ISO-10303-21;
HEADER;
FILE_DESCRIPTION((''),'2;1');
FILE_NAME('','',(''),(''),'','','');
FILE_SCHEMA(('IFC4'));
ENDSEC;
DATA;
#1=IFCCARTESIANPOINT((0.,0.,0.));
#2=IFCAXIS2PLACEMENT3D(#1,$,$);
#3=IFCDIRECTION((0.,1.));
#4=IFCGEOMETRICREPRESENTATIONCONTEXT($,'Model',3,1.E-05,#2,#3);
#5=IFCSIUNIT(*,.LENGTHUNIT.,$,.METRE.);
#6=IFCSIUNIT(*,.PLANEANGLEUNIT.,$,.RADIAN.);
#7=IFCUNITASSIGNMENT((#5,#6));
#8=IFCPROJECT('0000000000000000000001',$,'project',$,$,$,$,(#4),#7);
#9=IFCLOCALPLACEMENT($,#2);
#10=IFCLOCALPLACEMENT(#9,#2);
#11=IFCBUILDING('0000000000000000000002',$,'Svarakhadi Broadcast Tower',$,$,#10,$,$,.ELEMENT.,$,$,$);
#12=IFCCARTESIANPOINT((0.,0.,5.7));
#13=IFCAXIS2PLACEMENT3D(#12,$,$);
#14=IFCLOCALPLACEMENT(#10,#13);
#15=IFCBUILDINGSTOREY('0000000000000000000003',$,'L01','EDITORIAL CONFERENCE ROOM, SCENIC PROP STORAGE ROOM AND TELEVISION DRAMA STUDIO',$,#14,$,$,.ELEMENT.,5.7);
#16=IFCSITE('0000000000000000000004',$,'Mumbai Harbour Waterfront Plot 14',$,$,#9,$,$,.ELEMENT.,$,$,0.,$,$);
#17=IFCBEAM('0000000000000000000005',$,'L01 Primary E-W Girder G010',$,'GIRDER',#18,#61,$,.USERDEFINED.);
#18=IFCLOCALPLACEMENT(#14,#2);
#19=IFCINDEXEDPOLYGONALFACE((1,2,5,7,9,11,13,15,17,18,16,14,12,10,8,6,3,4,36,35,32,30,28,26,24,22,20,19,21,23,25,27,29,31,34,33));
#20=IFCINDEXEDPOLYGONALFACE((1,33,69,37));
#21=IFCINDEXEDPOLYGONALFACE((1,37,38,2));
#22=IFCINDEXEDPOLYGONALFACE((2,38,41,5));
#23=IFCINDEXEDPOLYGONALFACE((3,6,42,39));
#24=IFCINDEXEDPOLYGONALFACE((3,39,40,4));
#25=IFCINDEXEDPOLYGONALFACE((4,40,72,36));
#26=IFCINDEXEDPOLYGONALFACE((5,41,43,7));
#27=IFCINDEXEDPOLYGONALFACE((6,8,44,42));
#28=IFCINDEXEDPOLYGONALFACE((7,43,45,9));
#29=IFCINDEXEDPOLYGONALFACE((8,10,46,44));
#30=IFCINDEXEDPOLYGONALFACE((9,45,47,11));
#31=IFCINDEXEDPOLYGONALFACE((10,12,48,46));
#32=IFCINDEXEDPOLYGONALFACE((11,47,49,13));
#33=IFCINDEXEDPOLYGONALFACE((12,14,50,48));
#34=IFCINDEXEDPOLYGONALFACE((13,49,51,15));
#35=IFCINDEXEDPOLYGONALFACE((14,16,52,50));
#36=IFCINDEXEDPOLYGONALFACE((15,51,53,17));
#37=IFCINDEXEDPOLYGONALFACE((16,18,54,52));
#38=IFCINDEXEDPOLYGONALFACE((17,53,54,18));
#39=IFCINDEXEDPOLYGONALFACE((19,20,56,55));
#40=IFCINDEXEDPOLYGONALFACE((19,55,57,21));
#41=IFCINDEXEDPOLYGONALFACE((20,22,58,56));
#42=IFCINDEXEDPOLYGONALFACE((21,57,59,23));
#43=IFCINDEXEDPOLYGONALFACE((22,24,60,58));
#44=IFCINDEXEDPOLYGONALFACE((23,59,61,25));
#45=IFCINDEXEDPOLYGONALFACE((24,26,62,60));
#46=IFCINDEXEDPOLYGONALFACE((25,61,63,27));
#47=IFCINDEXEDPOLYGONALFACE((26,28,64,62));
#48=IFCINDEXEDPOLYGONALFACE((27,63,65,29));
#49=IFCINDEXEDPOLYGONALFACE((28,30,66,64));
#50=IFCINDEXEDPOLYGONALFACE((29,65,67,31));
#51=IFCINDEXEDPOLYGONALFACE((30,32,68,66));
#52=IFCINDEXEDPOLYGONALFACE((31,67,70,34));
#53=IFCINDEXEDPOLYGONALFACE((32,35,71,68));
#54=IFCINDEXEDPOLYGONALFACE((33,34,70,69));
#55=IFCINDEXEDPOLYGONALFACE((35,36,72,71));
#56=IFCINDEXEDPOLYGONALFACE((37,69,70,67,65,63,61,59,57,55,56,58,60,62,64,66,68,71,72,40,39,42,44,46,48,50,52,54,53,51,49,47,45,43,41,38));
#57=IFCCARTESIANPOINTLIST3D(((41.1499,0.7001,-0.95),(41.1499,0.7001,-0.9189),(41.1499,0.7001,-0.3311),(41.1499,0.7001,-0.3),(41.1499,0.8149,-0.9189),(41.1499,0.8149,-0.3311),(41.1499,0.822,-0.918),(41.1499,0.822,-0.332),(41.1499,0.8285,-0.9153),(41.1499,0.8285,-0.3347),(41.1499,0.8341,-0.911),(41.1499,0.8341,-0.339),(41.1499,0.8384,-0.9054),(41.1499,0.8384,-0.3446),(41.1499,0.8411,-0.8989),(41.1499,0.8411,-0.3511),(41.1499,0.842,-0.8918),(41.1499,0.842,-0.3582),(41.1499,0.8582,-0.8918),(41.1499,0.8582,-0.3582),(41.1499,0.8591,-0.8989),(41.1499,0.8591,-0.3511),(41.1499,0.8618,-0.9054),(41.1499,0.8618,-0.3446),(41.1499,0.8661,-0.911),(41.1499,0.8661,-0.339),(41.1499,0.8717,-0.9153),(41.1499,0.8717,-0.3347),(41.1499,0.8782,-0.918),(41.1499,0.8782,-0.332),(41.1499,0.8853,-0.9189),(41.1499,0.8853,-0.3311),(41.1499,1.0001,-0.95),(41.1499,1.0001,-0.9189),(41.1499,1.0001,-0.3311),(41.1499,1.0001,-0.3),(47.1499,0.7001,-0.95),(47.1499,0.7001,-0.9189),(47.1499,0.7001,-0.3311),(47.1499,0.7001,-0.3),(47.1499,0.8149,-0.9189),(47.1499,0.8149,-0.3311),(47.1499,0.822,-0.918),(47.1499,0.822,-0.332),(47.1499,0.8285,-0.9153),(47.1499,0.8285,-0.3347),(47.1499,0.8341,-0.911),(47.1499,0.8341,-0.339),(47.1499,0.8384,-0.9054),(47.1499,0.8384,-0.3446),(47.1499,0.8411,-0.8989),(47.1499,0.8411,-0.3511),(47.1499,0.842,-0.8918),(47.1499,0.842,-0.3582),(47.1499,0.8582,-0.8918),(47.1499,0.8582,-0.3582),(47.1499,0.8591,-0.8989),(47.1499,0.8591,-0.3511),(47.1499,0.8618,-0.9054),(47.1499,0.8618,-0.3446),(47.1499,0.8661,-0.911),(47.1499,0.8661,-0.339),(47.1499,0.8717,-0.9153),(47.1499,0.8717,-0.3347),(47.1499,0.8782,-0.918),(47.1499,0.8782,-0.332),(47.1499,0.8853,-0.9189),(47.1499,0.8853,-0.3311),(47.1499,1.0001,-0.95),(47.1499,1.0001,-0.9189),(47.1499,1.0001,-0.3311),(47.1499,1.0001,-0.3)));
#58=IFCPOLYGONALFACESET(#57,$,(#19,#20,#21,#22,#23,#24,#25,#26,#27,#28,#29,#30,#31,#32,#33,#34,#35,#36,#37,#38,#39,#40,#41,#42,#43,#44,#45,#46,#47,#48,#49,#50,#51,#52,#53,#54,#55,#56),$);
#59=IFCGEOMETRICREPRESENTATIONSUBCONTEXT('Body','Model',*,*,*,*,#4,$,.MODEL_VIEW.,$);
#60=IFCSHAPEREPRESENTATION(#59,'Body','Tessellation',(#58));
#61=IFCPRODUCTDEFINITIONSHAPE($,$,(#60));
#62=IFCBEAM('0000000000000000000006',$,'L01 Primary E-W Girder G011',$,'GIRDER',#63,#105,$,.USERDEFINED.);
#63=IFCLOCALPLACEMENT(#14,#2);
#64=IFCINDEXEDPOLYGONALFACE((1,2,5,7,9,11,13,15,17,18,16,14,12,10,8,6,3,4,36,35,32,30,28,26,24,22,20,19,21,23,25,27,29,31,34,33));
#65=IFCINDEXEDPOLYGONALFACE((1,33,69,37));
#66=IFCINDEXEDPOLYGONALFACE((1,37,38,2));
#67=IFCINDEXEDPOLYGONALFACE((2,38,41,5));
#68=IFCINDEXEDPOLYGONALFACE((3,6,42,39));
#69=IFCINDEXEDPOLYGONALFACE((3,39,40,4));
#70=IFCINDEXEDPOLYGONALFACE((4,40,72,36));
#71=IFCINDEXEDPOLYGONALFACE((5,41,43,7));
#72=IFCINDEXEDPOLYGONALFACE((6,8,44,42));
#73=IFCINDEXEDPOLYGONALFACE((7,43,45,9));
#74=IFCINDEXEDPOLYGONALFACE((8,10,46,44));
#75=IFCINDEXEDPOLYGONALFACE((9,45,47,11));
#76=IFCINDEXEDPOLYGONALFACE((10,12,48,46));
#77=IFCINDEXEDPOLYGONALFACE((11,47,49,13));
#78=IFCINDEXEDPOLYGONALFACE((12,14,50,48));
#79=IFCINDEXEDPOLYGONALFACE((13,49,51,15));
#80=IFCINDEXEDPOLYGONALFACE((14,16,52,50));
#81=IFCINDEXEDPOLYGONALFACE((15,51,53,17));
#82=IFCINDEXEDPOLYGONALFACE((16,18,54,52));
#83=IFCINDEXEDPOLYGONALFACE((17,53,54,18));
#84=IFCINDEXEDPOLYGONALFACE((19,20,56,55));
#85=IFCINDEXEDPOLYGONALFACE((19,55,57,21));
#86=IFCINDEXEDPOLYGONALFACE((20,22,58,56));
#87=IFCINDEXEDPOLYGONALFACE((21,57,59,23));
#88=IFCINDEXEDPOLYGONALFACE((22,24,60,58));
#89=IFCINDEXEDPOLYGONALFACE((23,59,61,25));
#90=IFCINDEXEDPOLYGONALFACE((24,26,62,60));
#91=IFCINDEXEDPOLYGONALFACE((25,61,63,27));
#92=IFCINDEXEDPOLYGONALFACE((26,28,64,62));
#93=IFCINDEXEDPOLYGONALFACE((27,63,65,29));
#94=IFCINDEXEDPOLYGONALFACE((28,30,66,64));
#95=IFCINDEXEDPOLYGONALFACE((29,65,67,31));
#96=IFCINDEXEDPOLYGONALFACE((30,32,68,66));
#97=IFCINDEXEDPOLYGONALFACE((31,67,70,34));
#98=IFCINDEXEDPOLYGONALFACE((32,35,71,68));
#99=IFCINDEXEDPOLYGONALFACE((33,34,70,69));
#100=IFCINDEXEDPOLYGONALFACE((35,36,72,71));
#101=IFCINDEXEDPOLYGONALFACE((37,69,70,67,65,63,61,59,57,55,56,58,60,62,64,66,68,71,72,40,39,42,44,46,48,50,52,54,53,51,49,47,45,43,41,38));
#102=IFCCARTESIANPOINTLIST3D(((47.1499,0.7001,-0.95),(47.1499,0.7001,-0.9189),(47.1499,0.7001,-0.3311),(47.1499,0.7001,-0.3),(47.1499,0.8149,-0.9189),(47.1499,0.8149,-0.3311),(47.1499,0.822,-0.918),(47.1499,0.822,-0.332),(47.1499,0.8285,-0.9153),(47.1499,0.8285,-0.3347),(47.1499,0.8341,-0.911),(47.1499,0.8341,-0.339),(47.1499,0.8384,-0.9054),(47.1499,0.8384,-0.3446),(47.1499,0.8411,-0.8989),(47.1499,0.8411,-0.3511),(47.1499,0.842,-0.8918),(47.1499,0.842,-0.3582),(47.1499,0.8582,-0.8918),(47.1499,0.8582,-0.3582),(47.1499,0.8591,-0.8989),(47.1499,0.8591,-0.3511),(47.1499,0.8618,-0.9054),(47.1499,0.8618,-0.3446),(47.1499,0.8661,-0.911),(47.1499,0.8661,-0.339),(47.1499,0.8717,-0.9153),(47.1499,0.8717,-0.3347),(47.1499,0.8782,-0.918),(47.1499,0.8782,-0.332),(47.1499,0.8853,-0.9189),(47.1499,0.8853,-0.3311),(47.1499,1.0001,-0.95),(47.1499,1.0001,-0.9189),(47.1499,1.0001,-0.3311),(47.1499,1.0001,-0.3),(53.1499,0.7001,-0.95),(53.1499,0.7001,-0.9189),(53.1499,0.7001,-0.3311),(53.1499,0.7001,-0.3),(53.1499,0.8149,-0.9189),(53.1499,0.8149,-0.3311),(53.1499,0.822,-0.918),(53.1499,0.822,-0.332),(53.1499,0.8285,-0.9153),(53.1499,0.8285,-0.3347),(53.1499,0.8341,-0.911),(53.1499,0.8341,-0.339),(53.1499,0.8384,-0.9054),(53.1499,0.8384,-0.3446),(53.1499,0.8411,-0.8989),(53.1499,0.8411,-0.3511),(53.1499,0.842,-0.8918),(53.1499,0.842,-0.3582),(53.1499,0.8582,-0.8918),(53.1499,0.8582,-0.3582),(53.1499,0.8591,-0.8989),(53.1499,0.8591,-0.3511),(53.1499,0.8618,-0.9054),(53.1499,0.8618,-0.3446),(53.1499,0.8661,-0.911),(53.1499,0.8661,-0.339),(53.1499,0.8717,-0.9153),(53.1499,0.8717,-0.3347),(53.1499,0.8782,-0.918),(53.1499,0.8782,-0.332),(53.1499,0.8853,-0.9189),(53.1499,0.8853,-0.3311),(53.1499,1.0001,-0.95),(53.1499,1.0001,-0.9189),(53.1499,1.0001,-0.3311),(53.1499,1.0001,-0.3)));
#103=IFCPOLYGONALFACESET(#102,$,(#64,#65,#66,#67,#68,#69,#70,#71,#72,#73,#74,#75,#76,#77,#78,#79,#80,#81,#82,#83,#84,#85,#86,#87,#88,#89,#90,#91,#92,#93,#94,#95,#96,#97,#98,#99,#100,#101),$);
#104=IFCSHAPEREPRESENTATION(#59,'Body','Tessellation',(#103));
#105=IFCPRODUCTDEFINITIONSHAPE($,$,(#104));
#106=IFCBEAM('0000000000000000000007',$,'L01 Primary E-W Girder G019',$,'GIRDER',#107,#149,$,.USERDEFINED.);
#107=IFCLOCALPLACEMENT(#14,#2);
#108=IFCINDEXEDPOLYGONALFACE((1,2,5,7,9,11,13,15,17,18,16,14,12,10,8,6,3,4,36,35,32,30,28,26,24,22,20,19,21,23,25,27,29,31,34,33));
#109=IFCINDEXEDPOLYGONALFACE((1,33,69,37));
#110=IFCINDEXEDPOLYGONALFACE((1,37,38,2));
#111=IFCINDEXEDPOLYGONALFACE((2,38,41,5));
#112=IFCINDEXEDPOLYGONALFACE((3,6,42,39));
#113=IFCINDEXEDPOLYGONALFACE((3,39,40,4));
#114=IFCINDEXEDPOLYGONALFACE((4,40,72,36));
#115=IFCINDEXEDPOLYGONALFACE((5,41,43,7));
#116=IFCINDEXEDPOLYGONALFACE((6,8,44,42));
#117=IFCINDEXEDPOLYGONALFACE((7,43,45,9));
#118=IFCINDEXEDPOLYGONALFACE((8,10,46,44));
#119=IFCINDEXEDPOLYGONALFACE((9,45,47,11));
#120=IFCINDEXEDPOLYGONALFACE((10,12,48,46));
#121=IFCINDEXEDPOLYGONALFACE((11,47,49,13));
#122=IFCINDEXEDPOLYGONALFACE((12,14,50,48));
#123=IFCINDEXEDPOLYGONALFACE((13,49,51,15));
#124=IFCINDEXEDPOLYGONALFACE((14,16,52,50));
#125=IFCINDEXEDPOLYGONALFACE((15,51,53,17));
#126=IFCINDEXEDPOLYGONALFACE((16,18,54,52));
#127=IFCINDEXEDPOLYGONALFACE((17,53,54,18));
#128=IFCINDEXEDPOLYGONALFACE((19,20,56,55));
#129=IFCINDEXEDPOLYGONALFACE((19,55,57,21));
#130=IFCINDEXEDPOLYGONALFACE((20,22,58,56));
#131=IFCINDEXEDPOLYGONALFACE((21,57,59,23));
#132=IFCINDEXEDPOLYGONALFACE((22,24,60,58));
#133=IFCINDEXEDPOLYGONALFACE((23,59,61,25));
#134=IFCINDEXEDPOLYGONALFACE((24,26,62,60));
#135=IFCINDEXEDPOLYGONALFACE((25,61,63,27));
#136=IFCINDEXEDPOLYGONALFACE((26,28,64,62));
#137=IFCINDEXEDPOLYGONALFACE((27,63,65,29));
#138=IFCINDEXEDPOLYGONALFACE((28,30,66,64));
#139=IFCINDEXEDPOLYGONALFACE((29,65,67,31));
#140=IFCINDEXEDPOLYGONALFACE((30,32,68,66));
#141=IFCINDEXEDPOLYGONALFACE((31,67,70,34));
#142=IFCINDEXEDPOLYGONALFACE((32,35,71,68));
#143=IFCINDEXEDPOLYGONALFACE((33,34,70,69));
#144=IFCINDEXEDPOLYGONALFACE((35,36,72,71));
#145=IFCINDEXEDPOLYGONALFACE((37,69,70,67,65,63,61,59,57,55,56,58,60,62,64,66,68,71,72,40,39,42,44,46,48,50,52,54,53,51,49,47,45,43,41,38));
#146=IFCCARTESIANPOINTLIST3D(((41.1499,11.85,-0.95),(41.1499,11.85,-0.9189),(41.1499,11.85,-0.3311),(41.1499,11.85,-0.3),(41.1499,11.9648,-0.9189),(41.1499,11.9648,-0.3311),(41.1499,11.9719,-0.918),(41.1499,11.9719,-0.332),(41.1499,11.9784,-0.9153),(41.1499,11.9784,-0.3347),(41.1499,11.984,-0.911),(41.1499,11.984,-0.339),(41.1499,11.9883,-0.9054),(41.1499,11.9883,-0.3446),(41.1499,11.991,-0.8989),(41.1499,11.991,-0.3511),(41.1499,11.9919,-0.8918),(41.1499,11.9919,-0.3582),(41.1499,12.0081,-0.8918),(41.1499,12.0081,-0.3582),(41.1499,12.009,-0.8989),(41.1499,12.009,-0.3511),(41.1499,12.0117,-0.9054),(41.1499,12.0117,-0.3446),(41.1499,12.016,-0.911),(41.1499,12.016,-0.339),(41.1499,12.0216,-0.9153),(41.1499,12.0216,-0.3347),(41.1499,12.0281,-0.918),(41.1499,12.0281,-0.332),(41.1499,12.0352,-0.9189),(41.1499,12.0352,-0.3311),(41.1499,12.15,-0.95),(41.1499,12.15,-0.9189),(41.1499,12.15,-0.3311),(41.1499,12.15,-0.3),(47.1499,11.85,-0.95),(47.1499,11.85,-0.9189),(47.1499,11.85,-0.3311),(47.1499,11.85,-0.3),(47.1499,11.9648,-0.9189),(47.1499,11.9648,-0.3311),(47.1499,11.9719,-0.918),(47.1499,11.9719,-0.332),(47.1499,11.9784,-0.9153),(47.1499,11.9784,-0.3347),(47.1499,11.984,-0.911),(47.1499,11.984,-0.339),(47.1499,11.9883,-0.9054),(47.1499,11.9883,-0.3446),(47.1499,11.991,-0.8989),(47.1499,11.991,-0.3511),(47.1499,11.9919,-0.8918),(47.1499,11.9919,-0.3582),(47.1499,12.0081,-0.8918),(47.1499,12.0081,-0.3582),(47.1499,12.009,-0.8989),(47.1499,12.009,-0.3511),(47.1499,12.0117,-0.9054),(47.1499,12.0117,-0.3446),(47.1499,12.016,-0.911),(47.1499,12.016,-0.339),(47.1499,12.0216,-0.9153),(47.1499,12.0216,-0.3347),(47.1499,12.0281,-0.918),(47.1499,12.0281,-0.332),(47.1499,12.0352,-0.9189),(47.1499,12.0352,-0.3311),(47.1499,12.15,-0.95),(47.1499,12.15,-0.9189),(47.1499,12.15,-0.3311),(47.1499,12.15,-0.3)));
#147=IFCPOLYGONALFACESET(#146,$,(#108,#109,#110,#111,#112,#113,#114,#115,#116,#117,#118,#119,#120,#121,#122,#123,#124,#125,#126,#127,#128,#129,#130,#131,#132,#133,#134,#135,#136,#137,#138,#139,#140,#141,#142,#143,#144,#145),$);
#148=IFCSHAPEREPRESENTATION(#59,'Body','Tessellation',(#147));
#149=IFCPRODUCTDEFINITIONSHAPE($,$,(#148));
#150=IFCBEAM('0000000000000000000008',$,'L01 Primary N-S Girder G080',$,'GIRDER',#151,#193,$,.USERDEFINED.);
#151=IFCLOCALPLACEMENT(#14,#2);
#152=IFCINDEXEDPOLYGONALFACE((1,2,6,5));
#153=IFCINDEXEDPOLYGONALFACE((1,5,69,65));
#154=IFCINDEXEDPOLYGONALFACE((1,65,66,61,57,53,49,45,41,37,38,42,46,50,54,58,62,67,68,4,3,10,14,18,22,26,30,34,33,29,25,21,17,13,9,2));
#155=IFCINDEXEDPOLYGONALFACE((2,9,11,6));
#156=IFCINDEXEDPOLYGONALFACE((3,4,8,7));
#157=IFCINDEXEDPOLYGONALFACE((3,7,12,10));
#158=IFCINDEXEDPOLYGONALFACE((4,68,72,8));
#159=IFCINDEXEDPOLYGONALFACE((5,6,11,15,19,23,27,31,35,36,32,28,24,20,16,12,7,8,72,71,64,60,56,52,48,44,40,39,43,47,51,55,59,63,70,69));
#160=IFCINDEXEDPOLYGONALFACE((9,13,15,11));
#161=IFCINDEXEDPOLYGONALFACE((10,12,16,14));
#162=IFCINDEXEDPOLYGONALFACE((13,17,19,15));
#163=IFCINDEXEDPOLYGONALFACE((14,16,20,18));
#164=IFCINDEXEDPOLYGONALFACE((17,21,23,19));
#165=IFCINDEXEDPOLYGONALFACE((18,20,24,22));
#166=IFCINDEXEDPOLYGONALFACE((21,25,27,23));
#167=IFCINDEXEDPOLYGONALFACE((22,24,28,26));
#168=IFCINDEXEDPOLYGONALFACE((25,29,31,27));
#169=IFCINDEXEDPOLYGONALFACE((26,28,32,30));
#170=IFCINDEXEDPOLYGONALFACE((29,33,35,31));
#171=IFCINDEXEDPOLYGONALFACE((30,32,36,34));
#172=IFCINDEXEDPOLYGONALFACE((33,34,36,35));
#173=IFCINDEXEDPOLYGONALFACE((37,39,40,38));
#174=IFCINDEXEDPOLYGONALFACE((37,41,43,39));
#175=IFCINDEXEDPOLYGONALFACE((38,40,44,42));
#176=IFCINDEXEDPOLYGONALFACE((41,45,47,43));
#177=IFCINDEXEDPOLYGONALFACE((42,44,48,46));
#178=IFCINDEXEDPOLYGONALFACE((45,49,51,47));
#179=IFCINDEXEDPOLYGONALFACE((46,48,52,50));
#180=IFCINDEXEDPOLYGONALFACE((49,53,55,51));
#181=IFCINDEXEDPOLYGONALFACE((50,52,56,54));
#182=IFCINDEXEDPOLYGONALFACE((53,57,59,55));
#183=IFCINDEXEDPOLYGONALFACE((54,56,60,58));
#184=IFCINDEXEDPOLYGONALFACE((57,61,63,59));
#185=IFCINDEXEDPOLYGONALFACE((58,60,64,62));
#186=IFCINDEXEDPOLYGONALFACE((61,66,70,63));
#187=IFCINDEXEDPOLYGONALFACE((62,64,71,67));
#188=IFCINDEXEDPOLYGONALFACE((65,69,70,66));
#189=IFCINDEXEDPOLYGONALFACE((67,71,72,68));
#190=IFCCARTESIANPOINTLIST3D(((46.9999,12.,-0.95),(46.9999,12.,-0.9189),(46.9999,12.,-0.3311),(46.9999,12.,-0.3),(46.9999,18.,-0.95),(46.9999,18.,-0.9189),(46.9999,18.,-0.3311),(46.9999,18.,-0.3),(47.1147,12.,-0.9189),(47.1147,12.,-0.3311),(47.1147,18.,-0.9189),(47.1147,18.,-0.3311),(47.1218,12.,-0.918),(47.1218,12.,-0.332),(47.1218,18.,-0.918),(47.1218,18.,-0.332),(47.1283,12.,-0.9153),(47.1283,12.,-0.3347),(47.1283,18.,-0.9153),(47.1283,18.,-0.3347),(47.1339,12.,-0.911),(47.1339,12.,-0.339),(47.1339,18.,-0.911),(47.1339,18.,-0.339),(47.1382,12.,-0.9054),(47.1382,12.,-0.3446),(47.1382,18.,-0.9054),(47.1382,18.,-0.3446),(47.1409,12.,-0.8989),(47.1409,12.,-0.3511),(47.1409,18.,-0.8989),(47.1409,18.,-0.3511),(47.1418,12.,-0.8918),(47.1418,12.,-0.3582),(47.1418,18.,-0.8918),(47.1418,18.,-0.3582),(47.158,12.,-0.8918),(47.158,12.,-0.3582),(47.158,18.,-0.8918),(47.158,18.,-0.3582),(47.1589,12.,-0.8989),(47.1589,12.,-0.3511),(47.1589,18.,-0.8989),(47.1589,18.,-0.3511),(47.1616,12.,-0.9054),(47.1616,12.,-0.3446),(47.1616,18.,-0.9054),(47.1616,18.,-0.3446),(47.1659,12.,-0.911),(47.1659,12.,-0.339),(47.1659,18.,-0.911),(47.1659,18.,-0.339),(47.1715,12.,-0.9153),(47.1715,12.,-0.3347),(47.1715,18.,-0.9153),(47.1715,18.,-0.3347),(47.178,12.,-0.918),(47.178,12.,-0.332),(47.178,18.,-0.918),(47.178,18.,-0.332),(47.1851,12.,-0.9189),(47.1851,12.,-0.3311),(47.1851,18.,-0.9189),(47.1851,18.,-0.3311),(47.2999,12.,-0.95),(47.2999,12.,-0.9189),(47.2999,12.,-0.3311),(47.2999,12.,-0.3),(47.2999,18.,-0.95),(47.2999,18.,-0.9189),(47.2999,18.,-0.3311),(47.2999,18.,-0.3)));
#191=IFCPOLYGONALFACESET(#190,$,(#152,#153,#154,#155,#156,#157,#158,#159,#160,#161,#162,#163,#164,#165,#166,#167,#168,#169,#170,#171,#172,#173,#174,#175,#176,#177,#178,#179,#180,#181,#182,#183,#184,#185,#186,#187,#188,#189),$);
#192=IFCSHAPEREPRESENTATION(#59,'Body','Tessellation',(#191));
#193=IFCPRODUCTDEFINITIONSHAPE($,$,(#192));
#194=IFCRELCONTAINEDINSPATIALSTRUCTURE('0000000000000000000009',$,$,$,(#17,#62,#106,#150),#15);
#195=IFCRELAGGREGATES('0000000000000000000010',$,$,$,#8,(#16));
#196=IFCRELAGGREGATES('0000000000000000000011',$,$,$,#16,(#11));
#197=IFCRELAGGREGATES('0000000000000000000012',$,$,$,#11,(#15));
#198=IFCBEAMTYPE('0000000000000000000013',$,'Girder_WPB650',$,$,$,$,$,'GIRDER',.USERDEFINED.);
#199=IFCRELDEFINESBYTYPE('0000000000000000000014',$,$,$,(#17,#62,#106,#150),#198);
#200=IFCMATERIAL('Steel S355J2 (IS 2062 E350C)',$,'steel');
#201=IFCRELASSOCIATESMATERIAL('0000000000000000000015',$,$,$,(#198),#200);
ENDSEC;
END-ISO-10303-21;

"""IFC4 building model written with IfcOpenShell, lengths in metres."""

from ifc_helpers import new_model, si_unit, direction, frame, origin, origin_2d, place, context, subcontext, project, spatial, i_section, extrude, material, material_profile, profile_set, type_object, element, save


model = new_model("IFC4")

# Units and contexts
model_context = context("Model", 3, precision=1e-05, world=origin(), true_north=direction((0.0, 1.0)))
body_context = subcontext(model_context, "Body", "Model", "MODEL_VIEW")
ifc_project = project(units=[si_unit("LENGTHUNIT", "METRE"), si_unit("PLANEANGLEUNIT", "RADIAN")], contexts=[model_context])

# Site, building, storey
site_placement = place(None, origin())
site = spatial("IfcSite", under=ifc_project, at=site_placement, Name="Mumbai Harbour Waterfront Plot 14", CompositionType="ELEMENT", RefElevation=0.0)
building_placement = place(site_placement, origin())
building = spatial("IfcBuilding", under=site, at=building_placement, Name="Svarakhadi Broadcast Tower", CompositionType="ELEMENT")
storey_placement = place(building_placement, frame((0.0, 0.0, 5.7)))
storey = spatial("IfcBuildingStorey", under=building, at=storey_placement, Name="L01", Description="EDITORIAL CONFERENCE ROOM, SCENIC PROP STORAGE ROOM AND TELEVISION DRAMA STUDIO", CompositionType="ELEMENT", Elevation=5.7)

# Shared definitions
ifc_material_1 = material(Name="Steel S355J2 (IS 2062 E350C)", Category="steel")

# Beams
ifc_material_profile_1 = material_profile(ifc_material_1, i_section(OverallWidth=0.3, OverallDepth=0.6499, WebThickness=0.0161, FlangeThickness=0.031, FilletRadius=0.0271, at=origin_2d()), Name="WPB 650x300x225")
ifc_profile_set_1 = profile_set([ifc_material_profile_1], Name="Steel S355J2 (IS 2062 E350C)")
beam_type_1 = type_object("IfcBeamType", Name="Girder_WPB650", ElementType="GIRDER", PredefinedType="USERDEFINED", material=ifc_profile_set_1)
for number, where, z_axis, x_axis, name in (
    (1, (41.1499, 0.8501, -0.625), (1.0, 0.0, 0.0), (0.0, 1.0, 0.0), "L01 Primary E-W Girder G010"),
    (2, (47.1499, 0.8501, -0.625), (1.0, 0.0, 0.0), (0.0, 1.0, 0.0), "L01 Primary E-W Girder G011"),
    (3, (41.1499, 12.0, -0.625), (1.0, 0.0, 0.0), (0.0, 1.0, 0.0), "L01 Primary E-W Girder G019"),
    (4, (47.1499, 12.0, -0.625), (0.0, 1.0, 0.0), (-1.0, 0.0, 0.0), "L01 Primary N-S Girder G080"),
):
    element("IfcBeam", number, at=place(storey_placement, frame(where, z_axis=z_axis, x_axis=x_axis)), inside=storey, type_object=beam_type_1, Name=name, ObjectType="GIRDER", PredefinedType="USERDEFINED", context=body_context, shape_type="SweptSolid", body=[
        extrude(i_section(OverallWidth=0.3, OverallDepth=0.6499, WebThickness=0.0161, FlangeThickness=0.031, FilletRadius=0.0271, at=origin_2d()), origin(), (0.0, 0.0, 1.0), 6.0),
    ])

save(model, "model.ifc")
